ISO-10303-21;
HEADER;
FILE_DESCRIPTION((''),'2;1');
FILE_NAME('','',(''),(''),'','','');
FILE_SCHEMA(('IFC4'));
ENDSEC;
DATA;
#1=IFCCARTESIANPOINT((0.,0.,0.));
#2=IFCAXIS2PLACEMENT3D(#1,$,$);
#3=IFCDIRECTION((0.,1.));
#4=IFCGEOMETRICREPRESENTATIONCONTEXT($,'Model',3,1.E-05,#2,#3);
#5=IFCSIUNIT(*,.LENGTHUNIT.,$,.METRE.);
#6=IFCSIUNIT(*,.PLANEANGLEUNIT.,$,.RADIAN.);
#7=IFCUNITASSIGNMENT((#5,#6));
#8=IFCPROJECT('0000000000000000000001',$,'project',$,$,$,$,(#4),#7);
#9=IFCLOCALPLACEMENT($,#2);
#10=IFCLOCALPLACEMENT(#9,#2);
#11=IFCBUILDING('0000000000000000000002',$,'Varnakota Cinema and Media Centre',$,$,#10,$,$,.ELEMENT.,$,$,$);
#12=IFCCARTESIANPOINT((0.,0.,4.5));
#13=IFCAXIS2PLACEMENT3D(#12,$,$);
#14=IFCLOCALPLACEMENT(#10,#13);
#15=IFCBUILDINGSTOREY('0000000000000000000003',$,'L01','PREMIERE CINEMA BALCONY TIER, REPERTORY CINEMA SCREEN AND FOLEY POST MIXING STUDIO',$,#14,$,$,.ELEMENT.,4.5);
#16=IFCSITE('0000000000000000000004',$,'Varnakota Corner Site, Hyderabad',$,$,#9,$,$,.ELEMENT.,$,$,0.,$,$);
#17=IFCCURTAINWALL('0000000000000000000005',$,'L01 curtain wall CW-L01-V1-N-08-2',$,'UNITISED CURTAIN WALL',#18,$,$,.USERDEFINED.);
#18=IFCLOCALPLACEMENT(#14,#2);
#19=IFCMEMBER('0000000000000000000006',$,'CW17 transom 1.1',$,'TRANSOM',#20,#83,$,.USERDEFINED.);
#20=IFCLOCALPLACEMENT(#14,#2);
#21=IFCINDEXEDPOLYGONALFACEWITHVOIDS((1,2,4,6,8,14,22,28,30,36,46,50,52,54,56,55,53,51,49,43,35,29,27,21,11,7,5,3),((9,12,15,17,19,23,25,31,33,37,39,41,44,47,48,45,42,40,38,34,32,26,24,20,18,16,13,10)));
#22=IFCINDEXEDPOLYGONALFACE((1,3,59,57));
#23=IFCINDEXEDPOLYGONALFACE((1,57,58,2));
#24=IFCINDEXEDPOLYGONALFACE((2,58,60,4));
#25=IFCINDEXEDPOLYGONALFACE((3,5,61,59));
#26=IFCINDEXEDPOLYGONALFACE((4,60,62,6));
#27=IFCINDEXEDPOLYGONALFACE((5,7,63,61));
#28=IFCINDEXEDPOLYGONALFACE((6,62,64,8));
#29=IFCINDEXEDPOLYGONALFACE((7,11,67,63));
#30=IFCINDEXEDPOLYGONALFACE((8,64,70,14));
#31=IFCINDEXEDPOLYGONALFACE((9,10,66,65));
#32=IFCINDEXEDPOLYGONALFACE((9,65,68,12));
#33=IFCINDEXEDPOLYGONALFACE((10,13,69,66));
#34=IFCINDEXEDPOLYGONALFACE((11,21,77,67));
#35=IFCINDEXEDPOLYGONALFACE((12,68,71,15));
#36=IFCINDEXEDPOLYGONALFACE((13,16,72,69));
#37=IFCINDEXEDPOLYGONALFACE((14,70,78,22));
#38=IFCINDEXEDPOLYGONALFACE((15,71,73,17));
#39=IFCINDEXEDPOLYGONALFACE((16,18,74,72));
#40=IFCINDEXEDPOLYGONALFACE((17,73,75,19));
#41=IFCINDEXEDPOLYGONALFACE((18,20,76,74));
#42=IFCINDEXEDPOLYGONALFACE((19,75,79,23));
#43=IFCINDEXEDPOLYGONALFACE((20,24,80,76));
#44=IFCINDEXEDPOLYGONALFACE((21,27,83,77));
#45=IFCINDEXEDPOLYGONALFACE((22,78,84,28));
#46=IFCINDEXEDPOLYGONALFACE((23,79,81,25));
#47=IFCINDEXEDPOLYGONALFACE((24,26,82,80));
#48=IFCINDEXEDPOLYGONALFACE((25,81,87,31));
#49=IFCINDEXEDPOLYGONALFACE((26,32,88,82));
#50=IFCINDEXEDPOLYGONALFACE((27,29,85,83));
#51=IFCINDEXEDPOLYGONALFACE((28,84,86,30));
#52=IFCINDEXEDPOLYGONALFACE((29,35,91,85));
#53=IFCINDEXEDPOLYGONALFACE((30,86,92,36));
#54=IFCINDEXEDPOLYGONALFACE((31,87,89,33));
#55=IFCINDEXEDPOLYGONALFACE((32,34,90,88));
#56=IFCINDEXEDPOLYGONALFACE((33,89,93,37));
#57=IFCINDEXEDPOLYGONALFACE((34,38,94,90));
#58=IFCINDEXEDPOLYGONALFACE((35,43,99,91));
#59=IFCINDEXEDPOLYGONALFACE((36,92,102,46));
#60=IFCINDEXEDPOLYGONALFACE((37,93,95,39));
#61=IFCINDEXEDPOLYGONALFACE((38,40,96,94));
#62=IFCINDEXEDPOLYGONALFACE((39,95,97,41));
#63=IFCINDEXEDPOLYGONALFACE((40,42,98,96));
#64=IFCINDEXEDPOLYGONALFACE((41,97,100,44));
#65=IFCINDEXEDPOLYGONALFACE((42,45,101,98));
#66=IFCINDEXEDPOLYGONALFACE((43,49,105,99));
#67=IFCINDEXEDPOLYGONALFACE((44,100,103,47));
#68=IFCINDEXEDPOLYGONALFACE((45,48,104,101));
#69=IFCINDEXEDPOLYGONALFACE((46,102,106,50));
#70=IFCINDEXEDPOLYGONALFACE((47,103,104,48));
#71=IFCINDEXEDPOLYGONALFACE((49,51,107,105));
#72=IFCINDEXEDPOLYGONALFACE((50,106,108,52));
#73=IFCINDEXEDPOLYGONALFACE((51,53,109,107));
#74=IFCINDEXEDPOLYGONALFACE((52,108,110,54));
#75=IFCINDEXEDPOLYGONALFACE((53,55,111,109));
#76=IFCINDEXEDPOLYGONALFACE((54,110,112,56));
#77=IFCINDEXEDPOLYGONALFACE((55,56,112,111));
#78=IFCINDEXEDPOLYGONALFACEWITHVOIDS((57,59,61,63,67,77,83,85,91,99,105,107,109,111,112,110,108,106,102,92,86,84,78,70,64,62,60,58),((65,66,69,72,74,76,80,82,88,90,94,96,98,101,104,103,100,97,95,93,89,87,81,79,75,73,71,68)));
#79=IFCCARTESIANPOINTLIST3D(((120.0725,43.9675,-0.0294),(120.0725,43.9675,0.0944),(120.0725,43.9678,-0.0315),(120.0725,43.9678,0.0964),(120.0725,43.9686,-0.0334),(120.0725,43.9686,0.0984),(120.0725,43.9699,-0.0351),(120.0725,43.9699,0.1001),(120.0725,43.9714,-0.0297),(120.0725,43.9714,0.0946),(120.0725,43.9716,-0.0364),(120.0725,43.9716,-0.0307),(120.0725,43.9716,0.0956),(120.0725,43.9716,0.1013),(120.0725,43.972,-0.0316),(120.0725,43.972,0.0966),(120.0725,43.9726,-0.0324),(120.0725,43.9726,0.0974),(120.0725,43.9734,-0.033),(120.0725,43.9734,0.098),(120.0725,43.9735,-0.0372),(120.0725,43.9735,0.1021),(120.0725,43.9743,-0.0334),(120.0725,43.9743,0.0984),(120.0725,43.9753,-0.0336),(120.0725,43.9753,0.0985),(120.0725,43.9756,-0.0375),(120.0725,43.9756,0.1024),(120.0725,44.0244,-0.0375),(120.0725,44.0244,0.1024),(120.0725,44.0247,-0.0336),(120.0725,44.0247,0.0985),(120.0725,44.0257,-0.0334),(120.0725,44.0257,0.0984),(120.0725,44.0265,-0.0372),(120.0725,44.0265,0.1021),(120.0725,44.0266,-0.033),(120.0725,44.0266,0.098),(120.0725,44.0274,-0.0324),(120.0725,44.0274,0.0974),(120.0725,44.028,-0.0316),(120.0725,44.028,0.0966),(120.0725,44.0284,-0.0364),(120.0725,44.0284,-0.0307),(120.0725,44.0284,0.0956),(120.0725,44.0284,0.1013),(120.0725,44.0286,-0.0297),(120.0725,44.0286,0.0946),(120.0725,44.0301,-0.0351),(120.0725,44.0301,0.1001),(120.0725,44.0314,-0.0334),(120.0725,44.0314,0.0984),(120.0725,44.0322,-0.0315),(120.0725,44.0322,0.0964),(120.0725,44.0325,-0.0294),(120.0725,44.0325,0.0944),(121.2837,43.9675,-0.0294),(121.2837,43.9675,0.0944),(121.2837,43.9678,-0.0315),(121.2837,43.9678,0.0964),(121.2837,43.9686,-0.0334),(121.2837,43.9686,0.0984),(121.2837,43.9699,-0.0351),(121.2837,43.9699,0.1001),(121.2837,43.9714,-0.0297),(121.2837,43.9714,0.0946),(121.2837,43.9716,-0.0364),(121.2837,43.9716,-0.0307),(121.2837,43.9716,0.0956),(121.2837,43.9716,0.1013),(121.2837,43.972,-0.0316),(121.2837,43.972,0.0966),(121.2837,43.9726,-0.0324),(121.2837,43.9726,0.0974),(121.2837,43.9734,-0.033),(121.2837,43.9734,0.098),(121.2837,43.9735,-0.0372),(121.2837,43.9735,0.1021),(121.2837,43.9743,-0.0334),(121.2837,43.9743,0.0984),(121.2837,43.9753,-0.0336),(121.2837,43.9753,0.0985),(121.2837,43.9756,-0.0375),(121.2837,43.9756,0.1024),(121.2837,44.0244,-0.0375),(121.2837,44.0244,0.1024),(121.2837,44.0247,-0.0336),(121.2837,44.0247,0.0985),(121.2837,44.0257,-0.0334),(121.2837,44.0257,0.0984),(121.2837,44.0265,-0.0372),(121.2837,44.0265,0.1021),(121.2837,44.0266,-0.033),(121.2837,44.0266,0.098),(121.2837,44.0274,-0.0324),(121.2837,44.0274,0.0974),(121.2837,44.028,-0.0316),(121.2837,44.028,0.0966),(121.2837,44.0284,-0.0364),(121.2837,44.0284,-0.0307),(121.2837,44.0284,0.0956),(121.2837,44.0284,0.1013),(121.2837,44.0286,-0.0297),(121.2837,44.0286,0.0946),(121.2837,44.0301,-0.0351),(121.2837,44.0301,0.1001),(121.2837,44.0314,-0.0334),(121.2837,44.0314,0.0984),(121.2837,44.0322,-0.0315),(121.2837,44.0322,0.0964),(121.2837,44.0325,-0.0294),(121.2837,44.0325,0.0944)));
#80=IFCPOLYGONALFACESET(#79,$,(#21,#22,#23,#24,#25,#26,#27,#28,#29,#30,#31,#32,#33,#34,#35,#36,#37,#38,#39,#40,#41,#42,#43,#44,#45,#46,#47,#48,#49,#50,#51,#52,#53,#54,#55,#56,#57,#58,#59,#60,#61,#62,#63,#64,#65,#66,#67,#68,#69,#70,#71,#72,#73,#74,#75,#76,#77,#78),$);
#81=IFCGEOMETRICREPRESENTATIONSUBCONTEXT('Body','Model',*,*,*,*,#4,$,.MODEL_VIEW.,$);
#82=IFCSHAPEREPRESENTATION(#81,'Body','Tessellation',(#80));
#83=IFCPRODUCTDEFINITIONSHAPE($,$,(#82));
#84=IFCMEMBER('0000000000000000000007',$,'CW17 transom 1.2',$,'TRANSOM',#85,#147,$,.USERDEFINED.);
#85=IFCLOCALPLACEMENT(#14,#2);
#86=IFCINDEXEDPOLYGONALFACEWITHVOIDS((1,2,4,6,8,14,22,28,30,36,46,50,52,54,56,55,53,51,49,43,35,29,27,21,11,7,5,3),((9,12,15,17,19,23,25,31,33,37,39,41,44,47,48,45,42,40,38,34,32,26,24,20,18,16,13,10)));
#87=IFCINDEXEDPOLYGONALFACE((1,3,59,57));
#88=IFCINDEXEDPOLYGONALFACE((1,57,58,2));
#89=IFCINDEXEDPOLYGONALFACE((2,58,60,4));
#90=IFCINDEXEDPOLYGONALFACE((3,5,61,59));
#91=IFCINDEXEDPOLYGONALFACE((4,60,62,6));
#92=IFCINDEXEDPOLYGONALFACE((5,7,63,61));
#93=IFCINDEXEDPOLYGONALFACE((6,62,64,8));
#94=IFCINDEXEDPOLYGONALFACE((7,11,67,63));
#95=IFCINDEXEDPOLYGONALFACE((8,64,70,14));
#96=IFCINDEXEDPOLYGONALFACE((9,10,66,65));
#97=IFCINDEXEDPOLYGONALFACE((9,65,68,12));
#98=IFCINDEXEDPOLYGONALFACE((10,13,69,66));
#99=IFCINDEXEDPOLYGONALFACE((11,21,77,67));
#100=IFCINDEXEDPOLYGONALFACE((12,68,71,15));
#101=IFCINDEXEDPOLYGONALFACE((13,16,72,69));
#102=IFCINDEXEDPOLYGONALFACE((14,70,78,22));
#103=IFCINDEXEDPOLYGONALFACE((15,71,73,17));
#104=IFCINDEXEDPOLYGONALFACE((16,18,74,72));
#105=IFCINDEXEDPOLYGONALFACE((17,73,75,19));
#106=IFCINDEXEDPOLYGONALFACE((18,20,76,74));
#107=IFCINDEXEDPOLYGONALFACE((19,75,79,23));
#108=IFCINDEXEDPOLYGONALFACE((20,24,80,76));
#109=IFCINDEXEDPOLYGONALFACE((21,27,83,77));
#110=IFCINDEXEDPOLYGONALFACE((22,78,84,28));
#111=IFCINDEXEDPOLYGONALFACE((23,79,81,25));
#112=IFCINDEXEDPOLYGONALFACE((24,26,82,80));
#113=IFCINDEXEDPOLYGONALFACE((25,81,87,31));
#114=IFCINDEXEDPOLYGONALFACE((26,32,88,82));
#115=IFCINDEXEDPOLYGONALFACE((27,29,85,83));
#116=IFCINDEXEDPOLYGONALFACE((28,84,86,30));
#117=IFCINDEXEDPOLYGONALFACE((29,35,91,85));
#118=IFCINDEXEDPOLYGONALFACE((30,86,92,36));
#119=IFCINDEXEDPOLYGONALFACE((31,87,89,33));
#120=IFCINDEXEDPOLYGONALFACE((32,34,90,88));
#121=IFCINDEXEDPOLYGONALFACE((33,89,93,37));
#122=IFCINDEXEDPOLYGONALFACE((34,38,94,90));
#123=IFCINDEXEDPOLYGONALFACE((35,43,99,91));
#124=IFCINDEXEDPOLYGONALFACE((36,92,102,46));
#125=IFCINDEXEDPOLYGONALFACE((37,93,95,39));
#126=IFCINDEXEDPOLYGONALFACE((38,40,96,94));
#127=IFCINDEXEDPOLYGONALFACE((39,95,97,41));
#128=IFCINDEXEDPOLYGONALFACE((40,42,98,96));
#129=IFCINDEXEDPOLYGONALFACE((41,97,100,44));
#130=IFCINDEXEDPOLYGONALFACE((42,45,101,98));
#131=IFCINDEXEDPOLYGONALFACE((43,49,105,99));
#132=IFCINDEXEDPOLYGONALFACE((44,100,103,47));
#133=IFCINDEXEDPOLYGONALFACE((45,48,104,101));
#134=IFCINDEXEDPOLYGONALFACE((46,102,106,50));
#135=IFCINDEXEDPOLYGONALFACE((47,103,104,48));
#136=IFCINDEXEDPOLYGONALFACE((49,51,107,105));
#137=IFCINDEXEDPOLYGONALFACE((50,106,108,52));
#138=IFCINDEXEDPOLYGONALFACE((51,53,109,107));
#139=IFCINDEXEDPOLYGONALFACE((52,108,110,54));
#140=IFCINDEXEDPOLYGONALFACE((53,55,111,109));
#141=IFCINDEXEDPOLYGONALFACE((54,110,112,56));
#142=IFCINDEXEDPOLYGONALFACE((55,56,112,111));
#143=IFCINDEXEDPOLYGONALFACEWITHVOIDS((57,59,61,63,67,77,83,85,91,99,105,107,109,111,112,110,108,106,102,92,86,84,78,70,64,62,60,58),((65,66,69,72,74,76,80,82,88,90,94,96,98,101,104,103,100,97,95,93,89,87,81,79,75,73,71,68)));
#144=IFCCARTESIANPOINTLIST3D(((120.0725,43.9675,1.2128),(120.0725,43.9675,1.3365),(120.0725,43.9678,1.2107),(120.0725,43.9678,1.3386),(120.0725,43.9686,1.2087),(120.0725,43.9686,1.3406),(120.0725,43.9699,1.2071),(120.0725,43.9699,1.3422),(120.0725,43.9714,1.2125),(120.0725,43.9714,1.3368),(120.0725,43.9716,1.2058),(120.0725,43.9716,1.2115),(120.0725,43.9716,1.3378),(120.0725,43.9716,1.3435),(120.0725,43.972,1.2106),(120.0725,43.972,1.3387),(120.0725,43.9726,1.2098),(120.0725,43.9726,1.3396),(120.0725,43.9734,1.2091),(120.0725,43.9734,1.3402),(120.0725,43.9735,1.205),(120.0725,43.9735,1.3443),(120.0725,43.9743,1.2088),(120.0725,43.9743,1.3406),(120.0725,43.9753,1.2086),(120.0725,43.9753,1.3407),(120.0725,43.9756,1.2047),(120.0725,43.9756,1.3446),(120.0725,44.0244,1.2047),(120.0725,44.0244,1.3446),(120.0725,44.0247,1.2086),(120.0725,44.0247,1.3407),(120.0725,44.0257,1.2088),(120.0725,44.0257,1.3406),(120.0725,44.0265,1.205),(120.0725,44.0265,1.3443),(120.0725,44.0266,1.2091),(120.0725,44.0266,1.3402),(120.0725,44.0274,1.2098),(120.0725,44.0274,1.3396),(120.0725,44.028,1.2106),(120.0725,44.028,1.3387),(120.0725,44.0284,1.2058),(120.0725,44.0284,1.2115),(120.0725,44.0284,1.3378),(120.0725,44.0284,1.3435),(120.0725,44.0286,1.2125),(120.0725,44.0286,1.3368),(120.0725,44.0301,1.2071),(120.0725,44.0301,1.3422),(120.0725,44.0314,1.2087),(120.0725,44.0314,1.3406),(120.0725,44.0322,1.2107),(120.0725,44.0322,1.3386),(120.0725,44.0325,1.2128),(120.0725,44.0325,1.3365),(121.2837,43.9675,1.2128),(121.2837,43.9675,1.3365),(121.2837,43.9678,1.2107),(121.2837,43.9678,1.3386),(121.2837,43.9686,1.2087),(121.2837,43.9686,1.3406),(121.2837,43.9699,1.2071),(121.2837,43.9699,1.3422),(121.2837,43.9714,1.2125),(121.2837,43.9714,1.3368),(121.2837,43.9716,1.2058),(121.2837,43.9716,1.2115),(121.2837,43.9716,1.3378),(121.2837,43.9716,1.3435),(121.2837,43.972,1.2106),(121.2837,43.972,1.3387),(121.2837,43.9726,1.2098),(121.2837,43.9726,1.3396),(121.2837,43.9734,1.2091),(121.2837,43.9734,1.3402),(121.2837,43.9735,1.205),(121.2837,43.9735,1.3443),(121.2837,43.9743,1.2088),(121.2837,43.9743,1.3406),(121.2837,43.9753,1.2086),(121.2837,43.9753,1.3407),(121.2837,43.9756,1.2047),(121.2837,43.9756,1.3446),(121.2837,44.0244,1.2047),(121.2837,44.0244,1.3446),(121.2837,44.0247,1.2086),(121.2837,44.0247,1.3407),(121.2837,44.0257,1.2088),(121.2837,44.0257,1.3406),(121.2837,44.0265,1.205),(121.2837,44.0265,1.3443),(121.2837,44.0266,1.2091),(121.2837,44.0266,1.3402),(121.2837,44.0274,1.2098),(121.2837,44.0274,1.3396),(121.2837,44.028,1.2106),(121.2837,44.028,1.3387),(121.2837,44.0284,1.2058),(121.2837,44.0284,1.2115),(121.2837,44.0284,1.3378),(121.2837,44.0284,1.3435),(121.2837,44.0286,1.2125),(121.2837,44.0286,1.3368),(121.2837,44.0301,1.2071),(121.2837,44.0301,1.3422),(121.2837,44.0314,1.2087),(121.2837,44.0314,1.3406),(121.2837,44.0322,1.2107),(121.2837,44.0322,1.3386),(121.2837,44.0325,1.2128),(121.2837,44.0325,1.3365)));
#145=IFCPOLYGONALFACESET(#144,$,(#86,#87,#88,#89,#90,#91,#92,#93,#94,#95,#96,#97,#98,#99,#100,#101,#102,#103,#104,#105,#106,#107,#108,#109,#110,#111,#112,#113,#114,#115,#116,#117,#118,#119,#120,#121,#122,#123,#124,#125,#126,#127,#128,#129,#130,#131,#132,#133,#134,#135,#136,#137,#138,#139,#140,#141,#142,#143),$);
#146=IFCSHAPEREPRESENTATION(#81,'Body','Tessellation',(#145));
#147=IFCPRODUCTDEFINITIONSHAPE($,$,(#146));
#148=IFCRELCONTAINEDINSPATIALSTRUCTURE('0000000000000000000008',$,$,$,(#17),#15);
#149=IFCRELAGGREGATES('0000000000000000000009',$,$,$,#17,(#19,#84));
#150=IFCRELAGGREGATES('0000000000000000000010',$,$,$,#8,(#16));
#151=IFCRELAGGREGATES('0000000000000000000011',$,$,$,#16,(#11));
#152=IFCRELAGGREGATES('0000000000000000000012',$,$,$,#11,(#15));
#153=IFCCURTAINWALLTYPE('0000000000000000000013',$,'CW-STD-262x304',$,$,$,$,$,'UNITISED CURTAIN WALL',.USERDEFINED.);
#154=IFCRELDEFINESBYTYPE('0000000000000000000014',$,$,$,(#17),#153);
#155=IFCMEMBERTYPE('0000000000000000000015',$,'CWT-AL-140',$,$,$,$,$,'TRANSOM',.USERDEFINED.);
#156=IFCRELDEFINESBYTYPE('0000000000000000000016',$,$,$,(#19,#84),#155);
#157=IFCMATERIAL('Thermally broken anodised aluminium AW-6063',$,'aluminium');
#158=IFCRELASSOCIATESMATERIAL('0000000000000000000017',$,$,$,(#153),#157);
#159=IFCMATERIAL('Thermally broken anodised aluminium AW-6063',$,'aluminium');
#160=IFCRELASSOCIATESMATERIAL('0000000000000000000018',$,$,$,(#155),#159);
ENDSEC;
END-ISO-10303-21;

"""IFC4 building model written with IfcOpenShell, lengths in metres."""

from ifc_helpers import new_model, si_unit, direction, frame, origin, origin_2d, place, context, subcontext, project, spatial, hollow_rectangle, extrude, material, material_profile, profile_set, type_object, element, aggregate, save


model = new_model("IFC4")

# Units and contexts
model_context = context("Model", 3, precision=1e-05, world=origin(), true_north=direction((0.0, 1.0)))
body_context = subcontext(model_context, "Body", "Model", "MODEL_VIEW")
ifc_project = project(units=[si_unit("LENGTHUNIT", "METRE"), si_unit("PLANEANGLEUNIT", "RADIAN")], contexts=[model_context])

# Site, building, storey
site_placement = place(None, origin())
site = spatial("IfcSite", under=ifc_project, at=site_placement, Name="Varnakota Corner Site, Hyderabad", CompositionType="ELEMENT", RefElevation=0.0)
building_placement = place(site_placement, origin())
building = spatial("IfcBuilding", under=site, at=building_placement, Name="Varnakota Cinema and Media Centre", CompositionType="ELEMENT")
storey_placement = place(building_placement, frame((0.0, 0.0, 4.5)))
storey = spatial("IfcBuildingStorey", under=building, at=storey_placement, Name="L01", Description="PREMIERE CINEMA BALCONY TIER, REPERTORY CINEMA SCREEN AND FOLEY POST MIXING STUDIO", CompositionType="ELEMENT", Elevation=4.5)

# Shared definitions
ifc_material_1 = material(Name="Thermally broken anodised aluminium AW-6063", Category="aluminium")
curtain_wall_type = type_object("IfcCurtainWallType", Name="CW-STD-262x304", ElementType="UNITISED CURTAIN WALL", PredefinedType="USERDEFINED", material=ifc_material_1)

# Curtain wall
curtain_wall_1_placement = place(storey_placement, origin())
curtain_wall_1 = element("IfcCurtainWall", 1, at=curtain_wall_1_placement, inside=storey, type_object=curtain_wall_type, Name="L01 curtain wall CW-L01-V1-N-08-2", ObjectType="UNITISED CURTAIN WALL", PredefinedType="USERDEFINED")

# Members
ifc_material_2 = material(Name="Thermally broken anodised aluminium AW-6063", Category="aluminium")
ifc_material_profile_1 = material_profile(ifc_material_2, hollow_rectangle(XDim=0.0649, YDim=0.1399, WallThickness=0.0039, InnerFilletRadius=0.0039, OuterFilletRadius=0.0081, at=origin_2d()), Name="AL-TRANSOM 140x65x4")
ifc_profile_set_1 = profile_set([ifc_material_profile_1], Name="Thermally broken anodised aluminium AW-6063")
member_type_1 = type_object("IfcMemberType", Name="CWT-AL-140", ElementType="TRANSOM", PredefinedType="USERDEFINED", material=ifc_profile_set_1)
member_1_placement = place(storey_placement, frame((120.0725, 44.0, 0.0325), z_axis=(1.0, 0.0, 0.0), x_axis=(0.0, 1.0, 0.0)))
member_1 = element("IfcMember", 2, at=member_1_placement, type_object=member_type_1, Name="CW17 transom 1.1", ObjectType="TRANSOM", PredefinedType="USERDEFINED", context=body_context, shape_type="SweptSolid", body=[
    extrude(hollow_rectangle(XDim=0.0649, YDim=0.1399, WallThickness=0.0039, InnerFilletRadius=0.0039, OuterFilletRadius=0.0081, at=origin_2d()), origin(), (0.0, 0.0, 1.0), 1.2112),
])
member_2_placement = place(storey_placement, frame((120.0725, 44.0, 1.2747), z_axis=(1.0, 0.0, 0.0), x_axis=(0.0, 1.0, 0.0)))
member_2 = element("IfcMember", 3, at=member_2_placement, type_object=member_type_1, Name="CW17 transom 1.2", ObjectType="TRANSOM", PredefinedType="USERDEFINED", context=body_context, shape_type="SweptSolid", body=[
    extrude(hollow_rectangle(XDim=0.0649, YDim=0.1399, WallThickness=0.0039, InnerFilletRadius=0.0039, OuterFilletRadius=0.0081, at=origin_2d()), origin(), (0.0, 0.0, 1.0), 1.2112),
])
aggregate(curtain_wall_1, [member_1, member_2])

save(model, "model.ifc")
